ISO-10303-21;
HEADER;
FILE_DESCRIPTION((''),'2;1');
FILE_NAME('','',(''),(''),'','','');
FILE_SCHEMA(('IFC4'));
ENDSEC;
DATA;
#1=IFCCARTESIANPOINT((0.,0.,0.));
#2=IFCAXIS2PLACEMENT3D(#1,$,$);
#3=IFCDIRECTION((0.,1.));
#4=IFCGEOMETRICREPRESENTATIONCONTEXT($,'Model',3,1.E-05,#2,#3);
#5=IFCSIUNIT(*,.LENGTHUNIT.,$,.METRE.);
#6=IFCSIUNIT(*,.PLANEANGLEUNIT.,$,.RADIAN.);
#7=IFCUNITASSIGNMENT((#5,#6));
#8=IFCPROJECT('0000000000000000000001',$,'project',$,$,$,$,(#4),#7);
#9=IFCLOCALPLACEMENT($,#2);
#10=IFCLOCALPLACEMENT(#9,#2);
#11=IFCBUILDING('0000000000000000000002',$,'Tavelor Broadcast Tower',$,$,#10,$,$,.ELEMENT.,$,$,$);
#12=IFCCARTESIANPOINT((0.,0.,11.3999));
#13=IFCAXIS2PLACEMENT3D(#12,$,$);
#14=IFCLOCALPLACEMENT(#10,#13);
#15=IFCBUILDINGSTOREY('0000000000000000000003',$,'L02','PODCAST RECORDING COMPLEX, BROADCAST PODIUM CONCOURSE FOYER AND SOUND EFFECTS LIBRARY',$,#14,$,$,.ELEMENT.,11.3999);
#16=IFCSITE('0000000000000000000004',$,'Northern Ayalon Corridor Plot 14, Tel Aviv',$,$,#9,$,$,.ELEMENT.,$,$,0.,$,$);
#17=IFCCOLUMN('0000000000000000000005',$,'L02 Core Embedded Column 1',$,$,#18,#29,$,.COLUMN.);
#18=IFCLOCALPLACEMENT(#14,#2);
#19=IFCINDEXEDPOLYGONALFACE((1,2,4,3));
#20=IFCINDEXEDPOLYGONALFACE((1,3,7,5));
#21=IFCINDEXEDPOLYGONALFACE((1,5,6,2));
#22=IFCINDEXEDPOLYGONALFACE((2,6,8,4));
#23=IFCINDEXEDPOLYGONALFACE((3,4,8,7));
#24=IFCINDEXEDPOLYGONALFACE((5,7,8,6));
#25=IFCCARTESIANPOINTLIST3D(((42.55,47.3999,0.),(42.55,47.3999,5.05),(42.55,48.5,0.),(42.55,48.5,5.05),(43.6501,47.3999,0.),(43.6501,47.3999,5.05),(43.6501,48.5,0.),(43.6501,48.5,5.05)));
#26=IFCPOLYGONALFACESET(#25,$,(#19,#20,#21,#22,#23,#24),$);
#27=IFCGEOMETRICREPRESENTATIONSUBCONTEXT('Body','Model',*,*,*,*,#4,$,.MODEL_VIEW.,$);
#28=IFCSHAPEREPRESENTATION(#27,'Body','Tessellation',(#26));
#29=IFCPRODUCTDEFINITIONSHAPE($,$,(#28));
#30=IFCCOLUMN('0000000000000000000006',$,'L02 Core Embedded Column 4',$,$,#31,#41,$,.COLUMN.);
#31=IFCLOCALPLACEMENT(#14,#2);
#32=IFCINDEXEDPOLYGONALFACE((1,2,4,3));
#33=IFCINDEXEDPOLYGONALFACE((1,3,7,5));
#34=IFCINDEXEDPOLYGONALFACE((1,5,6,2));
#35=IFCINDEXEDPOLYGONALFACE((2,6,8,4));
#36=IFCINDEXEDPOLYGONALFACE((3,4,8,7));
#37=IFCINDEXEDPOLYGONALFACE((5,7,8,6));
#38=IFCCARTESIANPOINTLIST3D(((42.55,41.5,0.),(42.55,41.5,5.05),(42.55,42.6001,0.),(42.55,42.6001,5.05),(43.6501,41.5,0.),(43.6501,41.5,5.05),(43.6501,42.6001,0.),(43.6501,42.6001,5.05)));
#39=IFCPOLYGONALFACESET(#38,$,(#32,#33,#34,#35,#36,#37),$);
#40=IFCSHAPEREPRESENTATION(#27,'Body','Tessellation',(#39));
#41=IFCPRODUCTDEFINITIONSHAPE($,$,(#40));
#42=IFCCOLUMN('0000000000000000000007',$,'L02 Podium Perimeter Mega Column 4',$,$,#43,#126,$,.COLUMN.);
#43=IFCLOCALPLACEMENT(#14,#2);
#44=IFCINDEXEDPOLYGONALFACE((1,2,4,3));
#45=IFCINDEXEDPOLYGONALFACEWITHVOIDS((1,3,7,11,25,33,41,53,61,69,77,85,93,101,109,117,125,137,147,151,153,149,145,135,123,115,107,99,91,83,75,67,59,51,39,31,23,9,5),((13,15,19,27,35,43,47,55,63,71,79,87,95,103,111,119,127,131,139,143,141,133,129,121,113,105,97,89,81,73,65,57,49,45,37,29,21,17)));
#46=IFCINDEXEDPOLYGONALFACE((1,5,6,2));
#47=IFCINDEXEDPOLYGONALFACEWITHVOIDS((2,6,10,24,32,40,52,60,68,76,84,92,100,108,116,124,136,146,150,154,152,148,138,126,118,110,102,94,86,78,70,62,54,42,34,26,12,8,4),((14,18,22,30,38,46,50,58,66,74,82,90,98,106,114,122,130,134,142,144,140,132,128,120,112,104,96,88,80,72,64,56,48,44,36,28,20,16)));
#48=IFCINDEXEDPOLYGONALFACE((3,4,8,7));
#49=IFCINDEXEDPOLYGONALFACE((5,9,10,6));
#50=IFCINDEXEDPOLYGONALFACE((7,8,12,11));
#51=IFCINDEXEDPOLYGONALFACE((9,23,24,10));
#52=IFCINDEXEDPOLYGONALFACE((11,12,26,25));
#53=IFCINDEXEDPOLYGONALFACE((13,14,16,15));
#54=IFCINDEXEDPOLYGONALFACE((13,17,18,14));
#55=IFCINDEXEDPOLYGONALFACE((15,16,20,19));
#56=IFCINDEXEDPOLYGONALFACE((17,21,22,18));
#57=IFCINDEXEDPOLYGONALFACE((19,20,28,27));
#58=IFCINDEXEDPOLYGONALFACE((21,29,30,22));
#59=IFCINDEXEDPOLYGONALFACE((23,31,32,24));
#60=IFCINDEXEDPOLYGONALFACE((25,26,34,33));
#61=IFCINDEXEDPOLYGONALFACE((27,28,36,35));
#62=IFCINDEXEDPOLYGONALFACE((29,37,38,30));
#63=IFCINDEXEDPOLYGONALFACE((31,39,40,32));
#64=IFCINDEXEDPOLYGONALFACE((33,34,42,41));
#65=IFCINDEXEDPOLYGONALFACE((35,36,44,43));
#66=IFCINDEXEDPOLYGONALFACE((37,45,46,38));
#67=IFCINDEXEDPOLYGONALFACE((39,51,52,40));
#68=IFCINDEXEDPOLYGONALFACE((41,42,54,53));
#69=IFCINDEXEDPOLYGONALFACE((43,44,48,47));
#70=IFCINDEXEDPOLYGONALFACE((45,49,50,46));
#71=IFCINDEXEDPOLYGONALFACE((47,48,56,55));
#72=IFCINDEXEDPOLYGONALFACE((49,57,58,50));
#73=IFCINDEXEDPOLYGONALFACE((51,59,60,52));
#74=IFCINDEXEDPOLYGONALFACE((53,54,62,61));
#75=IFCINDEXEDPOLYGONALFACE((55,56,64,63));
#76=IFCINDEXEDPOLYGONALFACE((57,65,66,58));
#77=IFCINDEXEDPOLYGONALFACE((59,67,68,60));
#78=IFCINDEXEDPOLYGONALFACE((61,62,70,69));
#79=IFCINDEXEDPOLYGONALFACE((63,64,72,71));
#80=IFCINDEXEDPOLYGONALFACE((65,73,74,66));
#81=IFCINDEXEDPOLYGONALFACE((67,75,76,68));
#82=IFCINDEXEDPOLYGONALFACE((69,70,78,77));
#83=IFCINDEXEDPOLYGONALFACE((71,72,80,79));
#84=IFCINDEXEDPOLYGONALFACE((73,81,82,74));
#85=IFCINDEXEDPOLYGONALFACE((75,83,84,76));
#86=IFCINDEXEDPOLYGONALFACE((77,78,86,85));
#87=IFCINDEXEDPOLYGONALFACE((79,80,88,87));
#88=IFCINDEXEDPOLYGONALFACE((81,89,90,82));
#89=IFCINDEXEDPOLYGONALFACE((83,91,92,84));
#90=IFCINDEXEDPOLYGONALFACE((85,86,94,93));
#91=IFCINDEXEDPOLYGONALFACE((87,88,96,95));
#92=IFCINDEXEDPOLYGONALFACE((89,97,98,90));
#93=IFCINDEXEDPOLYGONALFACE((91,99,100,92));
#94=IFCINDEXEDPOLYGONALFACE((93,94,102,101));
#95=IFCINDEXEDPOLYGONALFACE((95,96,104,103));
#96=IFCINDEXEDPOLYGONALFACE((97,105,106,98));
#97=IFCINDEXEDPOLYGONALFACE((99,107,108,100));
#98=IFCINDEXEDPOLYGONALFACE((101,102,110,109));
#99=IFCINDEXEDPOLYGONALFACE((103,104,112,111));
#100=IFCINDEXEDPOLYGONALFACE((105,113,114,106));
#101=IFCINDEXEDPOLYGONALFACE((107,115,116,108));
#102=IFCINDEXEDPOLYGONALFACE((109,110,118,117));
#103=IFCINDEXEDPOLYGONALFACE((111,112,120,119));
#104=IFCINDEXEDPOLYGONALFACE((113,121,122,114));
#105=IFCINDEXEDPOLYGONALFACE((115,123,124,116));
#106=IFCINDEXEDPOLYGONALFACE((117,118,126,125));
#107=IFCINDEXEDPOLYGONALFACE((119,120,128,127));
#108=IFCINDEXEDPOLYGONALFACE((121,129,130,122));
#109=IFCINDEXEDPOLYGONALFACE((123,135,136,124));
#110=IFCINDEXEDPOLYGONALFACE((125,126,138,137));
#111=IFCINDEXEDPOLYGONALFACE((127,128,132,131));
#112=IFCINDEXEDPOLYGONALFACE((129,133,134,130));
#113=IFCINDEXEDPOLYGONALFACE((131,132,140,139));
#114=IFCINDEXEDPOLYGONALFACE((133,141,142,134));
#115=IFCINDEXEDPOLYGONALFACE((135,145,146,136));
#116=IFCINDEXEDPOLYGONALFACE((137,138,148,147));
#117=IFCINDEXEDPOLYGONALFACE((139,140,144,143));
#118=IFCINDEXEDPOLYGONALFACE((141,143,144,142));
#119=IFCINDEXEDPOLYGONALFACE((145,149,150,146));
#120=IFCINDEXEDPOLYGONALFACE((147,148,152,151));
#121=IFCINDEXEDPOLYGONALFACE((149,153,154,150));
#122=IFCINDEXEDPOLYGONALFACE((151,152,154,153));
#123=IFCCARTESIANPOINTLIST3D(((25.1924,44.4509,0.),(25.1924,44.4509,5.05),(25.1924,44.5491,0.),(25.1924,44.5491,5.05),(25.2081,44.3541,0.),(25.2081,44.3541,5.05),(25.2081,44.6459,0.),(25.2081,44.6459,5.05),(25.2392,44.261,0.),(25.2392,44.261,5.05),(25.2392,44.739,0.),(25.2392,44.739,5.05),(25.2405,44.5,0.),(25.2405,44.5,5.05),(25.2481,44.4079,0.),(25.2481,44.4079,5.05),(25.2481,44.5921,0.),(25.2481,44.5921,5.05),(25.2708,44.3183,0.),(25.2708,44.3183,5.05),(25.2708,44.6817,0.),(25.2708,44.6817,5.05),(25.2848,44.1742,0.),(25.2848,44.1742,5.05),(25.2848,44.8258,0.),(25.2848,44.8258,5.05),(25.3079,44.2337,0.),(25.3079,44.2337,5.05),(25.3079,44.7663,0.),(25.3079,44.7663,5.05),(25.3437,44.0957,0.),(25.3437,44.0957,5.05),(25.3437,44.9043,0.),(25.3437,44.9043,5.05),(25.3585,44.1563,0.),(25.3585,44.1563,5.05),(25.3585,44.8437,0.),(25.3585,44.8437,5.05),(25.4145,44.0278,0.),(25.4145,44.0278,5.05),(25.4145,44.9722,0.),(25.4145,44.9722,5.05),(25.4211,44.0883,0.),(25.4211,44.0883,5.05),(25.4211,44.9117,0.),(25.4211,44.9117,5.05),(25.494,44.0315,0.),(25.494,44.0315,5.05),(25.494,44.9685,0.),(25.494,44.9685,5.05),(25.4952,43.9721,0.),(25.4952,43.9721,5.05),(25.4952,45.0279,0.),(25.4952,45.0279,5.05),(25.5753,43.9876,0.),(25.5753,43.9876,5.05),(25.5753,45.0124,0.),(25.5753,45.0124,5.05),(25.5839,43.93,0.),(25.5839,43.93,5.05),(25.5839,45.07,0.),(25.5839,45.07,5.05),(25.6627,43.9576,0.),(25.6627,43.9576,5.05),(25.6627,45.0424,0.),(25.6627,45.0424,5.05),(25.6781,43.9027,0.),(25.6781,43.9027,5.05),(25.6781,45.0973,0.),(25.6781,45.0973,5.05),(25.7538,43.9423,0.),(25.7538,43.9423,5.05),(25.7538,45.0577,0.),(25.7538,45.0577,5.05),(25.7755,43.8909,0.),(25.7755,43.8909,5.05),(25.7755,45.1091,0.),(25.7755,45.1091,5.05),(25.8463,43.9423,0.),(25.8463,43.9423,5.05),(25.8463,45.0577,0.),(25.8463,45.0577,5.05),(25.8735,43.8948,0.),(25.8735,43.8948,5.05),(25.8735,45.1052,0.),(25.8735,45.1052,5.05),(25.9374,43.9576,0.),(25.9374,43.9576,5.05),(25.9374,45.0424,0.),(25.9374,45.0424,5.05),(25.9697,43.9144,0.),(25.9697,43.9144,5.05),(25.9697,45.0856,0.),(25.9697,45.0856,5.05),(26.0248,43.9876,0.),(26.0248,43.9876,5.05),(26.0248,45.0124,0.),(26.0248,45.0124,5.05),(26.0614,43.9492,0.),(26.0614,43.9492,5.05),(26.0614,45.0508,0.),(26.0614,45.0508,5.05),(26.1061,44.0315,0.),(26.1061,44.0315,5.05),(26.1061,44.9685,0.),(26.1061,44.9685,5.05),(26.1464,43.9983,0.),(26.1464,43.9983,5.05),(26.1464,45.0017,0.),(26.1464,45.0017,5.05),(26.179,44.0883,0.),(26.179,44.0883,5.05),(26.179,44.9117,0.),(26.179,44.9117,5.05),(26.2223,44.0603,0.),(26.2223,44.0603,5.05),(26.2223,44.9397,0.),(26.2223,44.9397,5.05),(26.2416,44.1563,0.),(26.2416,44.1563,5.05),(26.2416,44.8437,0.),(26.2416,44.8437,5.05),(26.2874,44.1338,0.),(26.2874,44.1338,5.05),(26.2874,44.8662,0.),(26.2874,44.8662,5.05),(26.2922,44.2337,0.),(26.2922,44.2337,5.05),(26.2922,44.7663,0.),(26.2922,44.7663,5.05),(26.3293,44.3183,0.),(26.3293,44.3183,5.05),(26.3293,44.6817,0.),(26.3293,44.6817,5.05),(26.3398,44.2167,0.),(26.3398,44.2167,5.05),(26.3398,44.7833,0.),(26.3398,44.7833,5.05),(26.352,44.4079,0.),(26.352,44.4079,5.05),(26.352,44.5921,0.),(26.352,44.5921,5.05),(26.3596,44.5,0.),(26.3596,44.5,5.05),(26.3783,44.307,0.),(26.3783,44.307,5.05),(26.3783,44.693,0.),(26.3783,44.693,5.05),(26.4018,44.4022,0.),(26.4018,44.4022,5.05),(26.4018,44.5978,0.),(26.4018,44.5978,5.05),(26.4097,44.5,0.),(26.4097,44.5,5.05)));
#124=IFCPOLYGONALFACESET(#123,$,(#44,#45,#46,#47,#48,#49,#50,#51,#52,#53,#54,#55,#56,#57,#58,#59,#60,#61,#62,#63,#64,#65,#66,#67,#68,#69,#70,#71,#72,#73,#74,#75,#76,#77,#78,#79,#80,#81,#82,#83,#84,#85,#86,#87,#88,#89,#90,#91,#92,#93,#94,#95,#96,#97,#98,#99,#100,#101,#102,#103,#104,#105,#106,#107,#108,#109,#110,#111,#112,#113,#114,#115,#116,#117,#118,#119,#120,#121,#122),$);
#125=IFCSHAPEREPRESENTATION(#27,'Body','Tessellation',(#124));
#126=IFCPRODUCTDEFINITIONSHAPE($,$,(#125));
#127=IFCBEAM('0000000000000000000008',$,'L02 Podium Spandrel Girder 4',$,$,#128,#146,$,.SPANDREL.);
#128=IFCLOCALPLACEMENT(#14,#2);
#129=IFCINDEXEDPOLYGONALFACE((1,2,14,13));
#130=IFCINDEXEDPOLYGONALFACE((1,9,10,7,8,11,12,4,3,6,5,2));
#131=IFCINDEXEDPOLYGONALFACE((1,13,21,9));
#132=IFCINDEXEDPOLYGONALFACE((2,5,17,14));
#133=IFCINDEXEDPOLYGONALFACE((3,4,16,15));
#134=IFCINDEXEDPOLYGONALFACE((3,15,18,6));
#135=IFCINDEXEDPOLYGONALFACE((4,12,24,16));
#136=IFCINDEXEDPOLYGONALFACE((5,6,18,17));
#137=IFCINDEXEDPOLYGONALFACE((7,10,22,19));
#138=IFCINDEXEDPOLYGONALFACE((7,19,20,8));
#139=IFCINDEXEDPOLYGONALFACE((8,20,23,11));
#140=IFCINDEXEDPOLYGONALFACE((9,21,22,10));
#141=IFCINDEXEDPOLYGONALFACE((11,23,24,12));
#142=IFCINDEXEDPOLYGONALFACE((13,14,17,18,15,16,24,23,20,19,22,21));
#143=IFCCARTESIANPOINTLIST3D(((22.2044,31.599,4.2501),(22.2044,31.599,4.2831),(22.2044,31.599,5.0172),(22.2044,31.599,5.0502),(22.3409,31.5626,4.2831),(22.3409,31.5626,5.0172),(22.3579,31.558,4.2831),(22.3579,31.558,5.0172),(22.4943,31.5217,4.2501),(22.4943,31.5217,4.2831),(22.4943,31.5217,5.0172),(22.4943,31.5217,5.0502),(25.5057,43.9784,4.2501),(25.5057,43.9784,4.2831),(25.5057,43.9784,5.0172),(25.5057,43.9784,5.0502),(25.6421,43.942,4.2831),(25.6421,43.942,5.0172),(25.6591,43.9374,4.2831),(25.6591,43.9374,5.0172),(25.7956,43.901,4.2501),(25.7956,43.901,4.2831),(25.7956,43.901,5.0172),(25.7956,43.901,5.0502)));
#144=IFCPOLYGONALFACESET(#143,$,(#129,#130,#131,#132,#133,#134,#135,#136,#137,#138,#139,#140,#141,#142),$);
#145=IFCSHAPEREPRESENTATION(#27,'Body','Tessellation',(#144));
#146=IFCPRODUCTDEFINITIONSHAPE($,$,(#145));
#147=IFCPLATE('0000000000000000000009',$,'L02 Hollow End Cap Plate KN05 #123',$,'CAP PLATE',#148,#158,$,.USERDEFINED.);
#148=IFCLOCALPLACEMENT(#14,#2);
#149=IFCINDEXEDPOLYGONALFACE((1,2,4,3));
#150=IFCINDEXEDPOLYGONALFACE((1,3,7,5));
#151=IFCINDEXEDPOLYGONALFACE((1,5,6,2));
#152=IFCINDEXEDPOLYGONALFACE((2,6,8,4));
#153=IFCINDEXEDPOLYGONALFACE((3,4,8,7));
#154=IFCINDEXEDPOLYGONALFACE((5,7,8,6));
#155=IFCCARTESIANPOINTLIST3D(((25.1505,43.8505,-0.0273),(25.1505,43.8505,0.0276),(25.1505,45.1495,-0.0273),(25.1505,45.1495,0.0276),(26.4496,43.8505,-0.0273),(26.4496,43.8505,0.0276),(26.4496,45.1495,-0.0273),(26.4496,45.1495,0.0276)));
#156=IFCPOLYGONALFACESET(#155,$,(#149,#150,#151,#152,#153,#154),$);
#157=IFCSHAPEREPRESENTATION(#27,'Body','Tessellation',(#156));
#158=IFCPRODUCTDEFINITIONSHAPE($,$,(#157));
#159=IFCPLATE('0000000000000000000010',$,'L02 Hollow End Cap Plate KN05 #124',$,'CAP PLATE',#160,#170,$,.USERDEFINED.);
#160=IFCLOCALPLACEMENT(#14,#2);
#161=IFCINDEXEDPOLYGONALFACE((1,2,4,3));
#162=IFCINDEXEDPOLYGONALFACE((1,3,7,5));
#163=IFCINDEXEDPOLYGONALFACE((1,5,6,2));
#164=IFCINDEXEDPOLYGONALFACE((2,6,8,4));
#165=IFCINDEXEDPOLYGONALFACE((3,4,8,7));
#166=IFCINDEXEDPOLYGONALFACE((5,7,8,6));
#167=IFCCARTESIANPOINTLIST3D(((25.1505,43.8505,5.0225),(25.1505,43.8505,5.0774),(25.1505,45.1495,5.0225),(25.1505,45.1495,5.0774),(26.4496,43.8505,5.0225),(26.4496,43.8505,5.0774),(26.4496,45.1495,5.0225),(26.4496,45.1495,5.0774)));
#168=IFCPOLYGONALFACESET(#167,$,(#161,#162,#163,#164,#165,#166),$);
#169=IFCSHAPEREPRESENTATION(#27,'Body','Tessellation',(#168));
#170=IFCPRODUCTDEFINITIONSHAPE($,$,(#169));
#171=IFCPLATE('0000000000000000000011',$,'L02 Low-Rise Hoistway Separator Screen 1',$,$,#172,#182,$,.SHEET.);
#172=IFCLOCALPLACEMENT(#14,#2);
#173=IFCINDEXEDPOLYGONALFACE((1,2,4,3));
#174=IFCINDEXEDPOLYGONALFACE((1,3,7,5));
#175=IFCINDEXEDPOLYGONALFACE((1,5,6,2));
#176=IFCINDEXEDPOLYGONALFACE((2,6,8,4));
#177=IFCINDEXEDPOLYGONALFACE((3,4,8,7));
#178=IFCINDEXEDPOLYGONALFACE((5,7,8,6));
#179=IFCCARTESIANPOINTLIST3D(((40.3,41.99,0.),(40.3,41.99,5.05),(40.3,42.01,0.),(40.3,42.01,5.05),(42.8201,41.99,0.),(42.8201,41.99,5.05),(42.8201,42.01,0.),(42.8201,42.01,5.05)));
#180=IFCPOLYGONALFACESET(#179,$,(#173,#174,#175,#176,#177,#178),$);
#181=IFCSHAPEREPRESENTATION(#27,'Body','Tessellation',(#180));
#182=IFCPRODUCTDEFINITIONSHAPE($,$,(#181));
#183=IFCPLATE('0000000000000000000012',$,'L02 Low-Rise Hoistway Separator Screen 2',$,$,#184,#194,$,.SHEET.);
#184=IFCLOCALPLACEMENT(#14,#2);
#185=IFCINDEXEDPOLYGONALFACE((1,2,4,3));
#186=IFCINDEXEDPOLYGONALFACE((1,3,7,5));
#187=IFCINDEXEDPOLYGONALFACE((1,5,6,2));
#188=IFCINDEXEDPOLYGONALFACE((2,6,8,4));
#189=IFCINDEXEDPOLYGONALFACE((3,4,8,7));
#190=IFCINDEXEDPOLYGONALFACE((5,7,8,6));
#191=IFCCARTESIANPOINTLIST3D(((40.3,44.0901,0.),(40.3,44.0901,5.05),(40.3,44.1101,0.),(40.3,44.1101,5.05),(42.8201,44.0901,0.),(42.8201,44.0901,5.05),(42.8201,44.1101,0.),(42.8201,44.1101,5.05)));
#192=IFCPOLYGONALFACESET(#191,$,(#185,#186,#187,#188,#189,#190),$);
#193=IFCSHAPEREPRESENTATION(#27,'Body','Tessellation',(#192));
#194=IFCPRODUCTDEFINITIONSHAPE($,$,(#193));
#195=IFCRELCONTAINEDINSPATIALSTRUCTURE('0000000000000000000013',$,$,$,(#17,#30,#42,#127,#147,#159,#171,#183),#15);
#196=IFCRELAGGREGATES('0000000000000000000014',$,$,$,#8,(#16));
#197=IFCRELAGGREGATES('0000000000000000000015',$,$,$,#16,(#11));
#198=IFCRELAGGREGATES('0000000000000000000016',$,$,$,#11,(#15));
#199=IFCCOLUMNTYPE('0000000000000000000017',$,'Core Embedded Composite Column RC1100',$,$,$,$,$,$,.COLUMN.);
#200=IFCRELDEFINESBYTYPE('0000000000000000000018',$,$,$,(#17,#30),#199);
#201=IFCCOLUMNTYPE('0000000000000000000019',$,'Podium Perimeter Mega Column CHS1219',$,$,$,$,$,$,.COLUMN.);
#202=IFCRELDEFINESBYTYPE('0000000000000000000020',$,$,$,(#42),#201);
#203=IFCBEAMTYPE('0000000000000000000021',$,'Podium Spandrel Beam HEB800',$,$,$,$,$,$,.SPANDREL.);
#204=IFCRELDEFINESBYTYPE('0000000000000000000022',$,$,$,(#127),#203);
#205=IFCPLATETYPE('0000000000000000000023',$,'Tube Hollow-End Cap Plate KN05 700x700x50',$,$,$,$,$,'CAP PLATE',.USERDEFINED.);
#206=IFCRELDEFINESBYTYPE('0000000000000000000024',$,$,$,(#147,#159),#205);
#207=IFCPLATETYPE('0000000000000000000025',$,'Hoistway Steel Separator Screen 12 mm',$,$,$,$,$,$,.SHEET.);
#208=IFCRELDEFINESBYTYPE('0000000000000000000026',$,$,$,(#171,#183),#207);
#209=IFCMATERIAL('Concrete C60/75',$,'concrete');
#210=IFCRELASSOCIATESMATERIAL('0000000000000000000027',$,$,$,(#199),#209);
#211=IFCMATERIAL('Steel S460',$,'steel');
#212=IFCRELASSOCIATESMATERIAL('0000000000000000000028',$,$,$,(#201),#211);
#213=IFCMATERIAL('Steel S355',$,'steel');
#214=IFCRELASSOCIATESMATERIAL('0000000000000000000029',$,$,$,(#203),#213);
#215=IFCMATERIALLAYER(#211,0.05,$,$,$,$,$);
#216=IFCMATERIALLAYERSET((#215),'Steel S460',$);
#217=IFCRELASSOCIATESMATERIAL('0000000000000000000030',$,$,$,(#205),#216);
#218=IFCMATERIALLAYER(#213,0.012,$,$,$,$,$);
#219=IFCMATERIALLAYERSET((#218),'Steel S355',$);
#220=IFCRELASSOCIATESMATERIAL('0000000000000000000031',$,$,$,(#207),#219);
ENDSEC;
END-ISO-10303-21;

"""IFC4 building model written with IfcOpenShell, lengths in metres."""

from ifc_helpers import new_model, si_unit, direction, frame, origin, origin_2d, place, context, subcontext, project, spatial, rectangle, hollow_circle, i_section, extrude, source, transform, mapped, material, layer, layer_set, material_profile, profile_set, type_object, type_shapes, element, save


model = new_model("IFC4")

# Units and contexts
model_context = context("Model", 3, precision=1e-05, world=origin(), true_north=direction((0.0, 1.0)))
body_context = subcontext(model_context, "Body", "Model", "MODEL_VIEW")
ifc_project = project(units=[si_unit("LENGTHUNIT", "METRE"), si_unit("PLANEANGLEUNIT", "RADIAN")], contexts=[model_context])

# Site, building, storey
site_placement = place(None, origin())
site = spatial("IfcSite", under=ifc_project, at=site_placement, Name="Northern Ayalon Corridor Plot 14, Tel Aviv", CompositionType="ELEMENT", RefElevation=0.0)
building_placement = place(site_placement, origin())
building = spatial("IfcBuilding", under=site, at=building_placement, Name="Tavelor Broadcast Tower", CompositionType="ELEMENT")
storey_placement = place(building_placement, frame((0.0, 0.0, 11.3999)))
storey = spatial("IfcBuildingStorey", under=building, at=storey_placement, Name="L02", Description="PODCAST RECORDING COMPLEX, BROADCAST PODIUM CONCOURSE FOYER AND SOUND EFFECTS LIBRARY", CompositionType="ELEMENT", Elevation=11.3999)

# Columns
ifc_material_1 = material(Name="Concrete C60/75", Category="concrete")
ifc_material_profile_1 = material_profile(ifc_material_1, rectangle(XDim=1.1001, YDim=1.1001, at=origin_2d()), Name="RC 1100x1100")
ifc_profile_set_1 = profile_set([ifc_material_profile_1], Name="Concrete C60/75")
column_type_1 = type_object("IfcColumnType", Name="Core Embedded Composite Column RC1100", PredefinedType="COLUMN", material=ifc_profile_set_1)
for number, where, z_axis, x_axis, name in (
    (1, (43.1001, 47.95, 0.0), (0.0, 0.0, 1.0), (1.0, 0.0, 0.0), "L02 Core Embedded Column 1"),
    (2, (43.1001, 42.05, 0.0), (0.0, 0.0, 1.0), (1.0, 0.0, 0.0), "L02 Core Embedded Column 4"),
):
    element("IfcColumn", number, at=place(storey_placement, frame(where, z_axis=z_axis, x_axis=x_axis)), inside=storey, type_object=column_type_1, Name=name, PredefinedType="COLUMN", context=body_context, shape_type="SweptSolid", body=[
        extrude(rectangle(XDim=1.1001, YDim=1.1001, at=origin_2d()), origin(), (0.0, 0.0, 1.0), 5.05),
    ])
ifc_material_2 = material(Name="Steel S460", Category="steel")
ifc_material_profile_2 = material_profile(ifc_material_2, hollow_circle(Radius=0.6096, WallThickness=0.05, at=origin_2d()), Name="CHS 1219x50")
ifc_profile_set_2 = profile_set([ifc_material_profile_2], Name="Steel S460")
column_type_2 = type_object("IfcColumnType", Name="Podium Perimeter Mega Column CHS1219", PredefinedType="COLUMN", material=ifc_profile_set_2)
column_placement = place(storey_placement, frame((25.8, 44.5, 0.0), z_axis=(0.0, 0.0, 1.0), x_axis=(1.0, 0.0, 0.0)))
element("IfcColumn", 3, at=column_placement, inside=storey, type_object=column_type_2, Name="L02 Podium Perimeter Mega Column 4", PredefinedType="COLUMN", context=body_context, shape_type="SweptSolid", body=[
    extrude(hollow_circle(Radius=0.6096, WallThickness=0.05, at=origin_2d()), origin(), (0.0, 0.0, 1.0), 5.05),
])

# Beam
ifc_material_3 = material(Name="Steel S355", Category="steel")
ifc_material_profile_3 = material_profile(ifc_material_3, i_section(OverallWidth=0.3, OverallDepth=0.8, WebThickness=0.0176, FlangeThickness=0.033, at=origin_2d()), Name="HEB 800")
ifc_profile_set_3 = profile_set([ifc_material_profile_3], Name="Steel S355")
beam_type = type_object("IfcBeamType", Name="Podium Spandrel Beam HEB800", PredefinedType="SPANDREL", material=ifc_profile_set_3)
beam_placement = place(storey_placement, frame((25.6506, 43.9397, 4.6501), z_axis=(-0.25767, -0.966233, 0.0), x_axis=(0.966233, -0.25767, 0.0)))
element("IfcBeam", 4, at=beam_placement, inside=storey, type_object=beam_type, Name="L02 Podium Spandrel Girder 4", PredefinedType="SPANDREL", context=body_context, shape_type="SweptSolid", body=[
    extrude(i_section(OverallWidth=0.3, OverallDepth=0.8, WebThickness=0.0176, FlangeThickness=0.033, at=origin_2d()), origin(), (0.0, 0.0, 1.0), 12.812),
])

# Plates
ifc_layer_1 = layer(ifc_material_2, 0.05)
ifc_layer_set_1 = layer_set([ifc_layer_1], Name="Steel S460")
plate_type_1 = type_object("IfcPlateType", Name="Tube Hollow-End Cap Plate KN05 700x700x50", ElementType="CAP PLATE", PredefinedType="USERDEFINED", material=ifc_layer_set_1)
shared_shape_1 = source(origin(), body_context, "Body", "SweptSolid", [
    extrude(rectangle(XDim=1.2991, YDim=1.2991, at=origin_2d()), origin(), (0.0, 0.0, 1.0), 0.0549),
])
type_shapes(plate_type_1, [shared_shape_1])
for number, where, z_axis, x_axis, name in (
    (5, (25.8, 44.5, -0.0273), (0.0, 0.0, 1.0), (1.0, 0.0, 0.0), "L02 Hollow End Cap Plate KN05 #123"),
    (6, (25.8, 44.5, 5.0225), (0.0, 0.0, 1.0), (1.0, 0.0, 0.0), "L02 Hollow End Cap Plate KN05 #124"),
):
    element("IfcPlate", number, at=place(storey_placement, frame(where, z_axis=z_axis, x_axis=x_axis)), inside=storey, type_object=plate_type_1, Name=name, ObjectType="CAP PLATE", PredefinedType="USERDEFINED", context=body_context, shape_type="MappedRepresentation", body=[
        mapped(shared_shape_1, transform((0.0, 0.0, 0.0), scale=1.0)),
    ])
ifc_layer_2 = layer(ifc_material_3, 0.012)
ifc_layer_set_2 = layer_set([ifc_layer_2], Name="Steel S355")
plate_type_2 = type_object("IfcPlateType", Name="Hoistway Steel Separator Screen 12 mm", PredefinedType="SHEET", material=ifc_layer_set_2)
shared_shape_2 = source(origin(), body_context, "Body", "SweptSolid", [
    extrude(rectangle(XDim=2.52, YDim=0.02, at=origin_2d()), origin(), (0.0, 0.0, 1.0), 5.05),
])
type_shapes(plate_type_2, [shared_shape_2])
for number, where, z_axis, x_axis, name in (
    (7, (41.5601, 42.0, 0.0), (0.0, 0.0, 1.0), (1.0, 0.0, 0.0), "L02 Low-Rise Hoistway Separator Screen 1"),
    (8, (41.5601, 44.1001, 0.0), (0.0, 0.0, 1.0), (1.0, 0.0, 0.0), "L02 Low-Rise Hoistway Separator Screen 2"),
):
    element("IfcPlate", number, at=place(storey_placement, frame(where, z_axis=z_axis, x_axis=x_axis)), inside=storey, type_object=plate_type_2, Name=name, PredefinedType="SHEET", context=body_context, shape_type="MappedRepresentation", body=[
        mapped(shared_shape_2, transform((0.0, 0.0, 0.0), scale=1.0)),
    ])

save(model, "model.ifc")
